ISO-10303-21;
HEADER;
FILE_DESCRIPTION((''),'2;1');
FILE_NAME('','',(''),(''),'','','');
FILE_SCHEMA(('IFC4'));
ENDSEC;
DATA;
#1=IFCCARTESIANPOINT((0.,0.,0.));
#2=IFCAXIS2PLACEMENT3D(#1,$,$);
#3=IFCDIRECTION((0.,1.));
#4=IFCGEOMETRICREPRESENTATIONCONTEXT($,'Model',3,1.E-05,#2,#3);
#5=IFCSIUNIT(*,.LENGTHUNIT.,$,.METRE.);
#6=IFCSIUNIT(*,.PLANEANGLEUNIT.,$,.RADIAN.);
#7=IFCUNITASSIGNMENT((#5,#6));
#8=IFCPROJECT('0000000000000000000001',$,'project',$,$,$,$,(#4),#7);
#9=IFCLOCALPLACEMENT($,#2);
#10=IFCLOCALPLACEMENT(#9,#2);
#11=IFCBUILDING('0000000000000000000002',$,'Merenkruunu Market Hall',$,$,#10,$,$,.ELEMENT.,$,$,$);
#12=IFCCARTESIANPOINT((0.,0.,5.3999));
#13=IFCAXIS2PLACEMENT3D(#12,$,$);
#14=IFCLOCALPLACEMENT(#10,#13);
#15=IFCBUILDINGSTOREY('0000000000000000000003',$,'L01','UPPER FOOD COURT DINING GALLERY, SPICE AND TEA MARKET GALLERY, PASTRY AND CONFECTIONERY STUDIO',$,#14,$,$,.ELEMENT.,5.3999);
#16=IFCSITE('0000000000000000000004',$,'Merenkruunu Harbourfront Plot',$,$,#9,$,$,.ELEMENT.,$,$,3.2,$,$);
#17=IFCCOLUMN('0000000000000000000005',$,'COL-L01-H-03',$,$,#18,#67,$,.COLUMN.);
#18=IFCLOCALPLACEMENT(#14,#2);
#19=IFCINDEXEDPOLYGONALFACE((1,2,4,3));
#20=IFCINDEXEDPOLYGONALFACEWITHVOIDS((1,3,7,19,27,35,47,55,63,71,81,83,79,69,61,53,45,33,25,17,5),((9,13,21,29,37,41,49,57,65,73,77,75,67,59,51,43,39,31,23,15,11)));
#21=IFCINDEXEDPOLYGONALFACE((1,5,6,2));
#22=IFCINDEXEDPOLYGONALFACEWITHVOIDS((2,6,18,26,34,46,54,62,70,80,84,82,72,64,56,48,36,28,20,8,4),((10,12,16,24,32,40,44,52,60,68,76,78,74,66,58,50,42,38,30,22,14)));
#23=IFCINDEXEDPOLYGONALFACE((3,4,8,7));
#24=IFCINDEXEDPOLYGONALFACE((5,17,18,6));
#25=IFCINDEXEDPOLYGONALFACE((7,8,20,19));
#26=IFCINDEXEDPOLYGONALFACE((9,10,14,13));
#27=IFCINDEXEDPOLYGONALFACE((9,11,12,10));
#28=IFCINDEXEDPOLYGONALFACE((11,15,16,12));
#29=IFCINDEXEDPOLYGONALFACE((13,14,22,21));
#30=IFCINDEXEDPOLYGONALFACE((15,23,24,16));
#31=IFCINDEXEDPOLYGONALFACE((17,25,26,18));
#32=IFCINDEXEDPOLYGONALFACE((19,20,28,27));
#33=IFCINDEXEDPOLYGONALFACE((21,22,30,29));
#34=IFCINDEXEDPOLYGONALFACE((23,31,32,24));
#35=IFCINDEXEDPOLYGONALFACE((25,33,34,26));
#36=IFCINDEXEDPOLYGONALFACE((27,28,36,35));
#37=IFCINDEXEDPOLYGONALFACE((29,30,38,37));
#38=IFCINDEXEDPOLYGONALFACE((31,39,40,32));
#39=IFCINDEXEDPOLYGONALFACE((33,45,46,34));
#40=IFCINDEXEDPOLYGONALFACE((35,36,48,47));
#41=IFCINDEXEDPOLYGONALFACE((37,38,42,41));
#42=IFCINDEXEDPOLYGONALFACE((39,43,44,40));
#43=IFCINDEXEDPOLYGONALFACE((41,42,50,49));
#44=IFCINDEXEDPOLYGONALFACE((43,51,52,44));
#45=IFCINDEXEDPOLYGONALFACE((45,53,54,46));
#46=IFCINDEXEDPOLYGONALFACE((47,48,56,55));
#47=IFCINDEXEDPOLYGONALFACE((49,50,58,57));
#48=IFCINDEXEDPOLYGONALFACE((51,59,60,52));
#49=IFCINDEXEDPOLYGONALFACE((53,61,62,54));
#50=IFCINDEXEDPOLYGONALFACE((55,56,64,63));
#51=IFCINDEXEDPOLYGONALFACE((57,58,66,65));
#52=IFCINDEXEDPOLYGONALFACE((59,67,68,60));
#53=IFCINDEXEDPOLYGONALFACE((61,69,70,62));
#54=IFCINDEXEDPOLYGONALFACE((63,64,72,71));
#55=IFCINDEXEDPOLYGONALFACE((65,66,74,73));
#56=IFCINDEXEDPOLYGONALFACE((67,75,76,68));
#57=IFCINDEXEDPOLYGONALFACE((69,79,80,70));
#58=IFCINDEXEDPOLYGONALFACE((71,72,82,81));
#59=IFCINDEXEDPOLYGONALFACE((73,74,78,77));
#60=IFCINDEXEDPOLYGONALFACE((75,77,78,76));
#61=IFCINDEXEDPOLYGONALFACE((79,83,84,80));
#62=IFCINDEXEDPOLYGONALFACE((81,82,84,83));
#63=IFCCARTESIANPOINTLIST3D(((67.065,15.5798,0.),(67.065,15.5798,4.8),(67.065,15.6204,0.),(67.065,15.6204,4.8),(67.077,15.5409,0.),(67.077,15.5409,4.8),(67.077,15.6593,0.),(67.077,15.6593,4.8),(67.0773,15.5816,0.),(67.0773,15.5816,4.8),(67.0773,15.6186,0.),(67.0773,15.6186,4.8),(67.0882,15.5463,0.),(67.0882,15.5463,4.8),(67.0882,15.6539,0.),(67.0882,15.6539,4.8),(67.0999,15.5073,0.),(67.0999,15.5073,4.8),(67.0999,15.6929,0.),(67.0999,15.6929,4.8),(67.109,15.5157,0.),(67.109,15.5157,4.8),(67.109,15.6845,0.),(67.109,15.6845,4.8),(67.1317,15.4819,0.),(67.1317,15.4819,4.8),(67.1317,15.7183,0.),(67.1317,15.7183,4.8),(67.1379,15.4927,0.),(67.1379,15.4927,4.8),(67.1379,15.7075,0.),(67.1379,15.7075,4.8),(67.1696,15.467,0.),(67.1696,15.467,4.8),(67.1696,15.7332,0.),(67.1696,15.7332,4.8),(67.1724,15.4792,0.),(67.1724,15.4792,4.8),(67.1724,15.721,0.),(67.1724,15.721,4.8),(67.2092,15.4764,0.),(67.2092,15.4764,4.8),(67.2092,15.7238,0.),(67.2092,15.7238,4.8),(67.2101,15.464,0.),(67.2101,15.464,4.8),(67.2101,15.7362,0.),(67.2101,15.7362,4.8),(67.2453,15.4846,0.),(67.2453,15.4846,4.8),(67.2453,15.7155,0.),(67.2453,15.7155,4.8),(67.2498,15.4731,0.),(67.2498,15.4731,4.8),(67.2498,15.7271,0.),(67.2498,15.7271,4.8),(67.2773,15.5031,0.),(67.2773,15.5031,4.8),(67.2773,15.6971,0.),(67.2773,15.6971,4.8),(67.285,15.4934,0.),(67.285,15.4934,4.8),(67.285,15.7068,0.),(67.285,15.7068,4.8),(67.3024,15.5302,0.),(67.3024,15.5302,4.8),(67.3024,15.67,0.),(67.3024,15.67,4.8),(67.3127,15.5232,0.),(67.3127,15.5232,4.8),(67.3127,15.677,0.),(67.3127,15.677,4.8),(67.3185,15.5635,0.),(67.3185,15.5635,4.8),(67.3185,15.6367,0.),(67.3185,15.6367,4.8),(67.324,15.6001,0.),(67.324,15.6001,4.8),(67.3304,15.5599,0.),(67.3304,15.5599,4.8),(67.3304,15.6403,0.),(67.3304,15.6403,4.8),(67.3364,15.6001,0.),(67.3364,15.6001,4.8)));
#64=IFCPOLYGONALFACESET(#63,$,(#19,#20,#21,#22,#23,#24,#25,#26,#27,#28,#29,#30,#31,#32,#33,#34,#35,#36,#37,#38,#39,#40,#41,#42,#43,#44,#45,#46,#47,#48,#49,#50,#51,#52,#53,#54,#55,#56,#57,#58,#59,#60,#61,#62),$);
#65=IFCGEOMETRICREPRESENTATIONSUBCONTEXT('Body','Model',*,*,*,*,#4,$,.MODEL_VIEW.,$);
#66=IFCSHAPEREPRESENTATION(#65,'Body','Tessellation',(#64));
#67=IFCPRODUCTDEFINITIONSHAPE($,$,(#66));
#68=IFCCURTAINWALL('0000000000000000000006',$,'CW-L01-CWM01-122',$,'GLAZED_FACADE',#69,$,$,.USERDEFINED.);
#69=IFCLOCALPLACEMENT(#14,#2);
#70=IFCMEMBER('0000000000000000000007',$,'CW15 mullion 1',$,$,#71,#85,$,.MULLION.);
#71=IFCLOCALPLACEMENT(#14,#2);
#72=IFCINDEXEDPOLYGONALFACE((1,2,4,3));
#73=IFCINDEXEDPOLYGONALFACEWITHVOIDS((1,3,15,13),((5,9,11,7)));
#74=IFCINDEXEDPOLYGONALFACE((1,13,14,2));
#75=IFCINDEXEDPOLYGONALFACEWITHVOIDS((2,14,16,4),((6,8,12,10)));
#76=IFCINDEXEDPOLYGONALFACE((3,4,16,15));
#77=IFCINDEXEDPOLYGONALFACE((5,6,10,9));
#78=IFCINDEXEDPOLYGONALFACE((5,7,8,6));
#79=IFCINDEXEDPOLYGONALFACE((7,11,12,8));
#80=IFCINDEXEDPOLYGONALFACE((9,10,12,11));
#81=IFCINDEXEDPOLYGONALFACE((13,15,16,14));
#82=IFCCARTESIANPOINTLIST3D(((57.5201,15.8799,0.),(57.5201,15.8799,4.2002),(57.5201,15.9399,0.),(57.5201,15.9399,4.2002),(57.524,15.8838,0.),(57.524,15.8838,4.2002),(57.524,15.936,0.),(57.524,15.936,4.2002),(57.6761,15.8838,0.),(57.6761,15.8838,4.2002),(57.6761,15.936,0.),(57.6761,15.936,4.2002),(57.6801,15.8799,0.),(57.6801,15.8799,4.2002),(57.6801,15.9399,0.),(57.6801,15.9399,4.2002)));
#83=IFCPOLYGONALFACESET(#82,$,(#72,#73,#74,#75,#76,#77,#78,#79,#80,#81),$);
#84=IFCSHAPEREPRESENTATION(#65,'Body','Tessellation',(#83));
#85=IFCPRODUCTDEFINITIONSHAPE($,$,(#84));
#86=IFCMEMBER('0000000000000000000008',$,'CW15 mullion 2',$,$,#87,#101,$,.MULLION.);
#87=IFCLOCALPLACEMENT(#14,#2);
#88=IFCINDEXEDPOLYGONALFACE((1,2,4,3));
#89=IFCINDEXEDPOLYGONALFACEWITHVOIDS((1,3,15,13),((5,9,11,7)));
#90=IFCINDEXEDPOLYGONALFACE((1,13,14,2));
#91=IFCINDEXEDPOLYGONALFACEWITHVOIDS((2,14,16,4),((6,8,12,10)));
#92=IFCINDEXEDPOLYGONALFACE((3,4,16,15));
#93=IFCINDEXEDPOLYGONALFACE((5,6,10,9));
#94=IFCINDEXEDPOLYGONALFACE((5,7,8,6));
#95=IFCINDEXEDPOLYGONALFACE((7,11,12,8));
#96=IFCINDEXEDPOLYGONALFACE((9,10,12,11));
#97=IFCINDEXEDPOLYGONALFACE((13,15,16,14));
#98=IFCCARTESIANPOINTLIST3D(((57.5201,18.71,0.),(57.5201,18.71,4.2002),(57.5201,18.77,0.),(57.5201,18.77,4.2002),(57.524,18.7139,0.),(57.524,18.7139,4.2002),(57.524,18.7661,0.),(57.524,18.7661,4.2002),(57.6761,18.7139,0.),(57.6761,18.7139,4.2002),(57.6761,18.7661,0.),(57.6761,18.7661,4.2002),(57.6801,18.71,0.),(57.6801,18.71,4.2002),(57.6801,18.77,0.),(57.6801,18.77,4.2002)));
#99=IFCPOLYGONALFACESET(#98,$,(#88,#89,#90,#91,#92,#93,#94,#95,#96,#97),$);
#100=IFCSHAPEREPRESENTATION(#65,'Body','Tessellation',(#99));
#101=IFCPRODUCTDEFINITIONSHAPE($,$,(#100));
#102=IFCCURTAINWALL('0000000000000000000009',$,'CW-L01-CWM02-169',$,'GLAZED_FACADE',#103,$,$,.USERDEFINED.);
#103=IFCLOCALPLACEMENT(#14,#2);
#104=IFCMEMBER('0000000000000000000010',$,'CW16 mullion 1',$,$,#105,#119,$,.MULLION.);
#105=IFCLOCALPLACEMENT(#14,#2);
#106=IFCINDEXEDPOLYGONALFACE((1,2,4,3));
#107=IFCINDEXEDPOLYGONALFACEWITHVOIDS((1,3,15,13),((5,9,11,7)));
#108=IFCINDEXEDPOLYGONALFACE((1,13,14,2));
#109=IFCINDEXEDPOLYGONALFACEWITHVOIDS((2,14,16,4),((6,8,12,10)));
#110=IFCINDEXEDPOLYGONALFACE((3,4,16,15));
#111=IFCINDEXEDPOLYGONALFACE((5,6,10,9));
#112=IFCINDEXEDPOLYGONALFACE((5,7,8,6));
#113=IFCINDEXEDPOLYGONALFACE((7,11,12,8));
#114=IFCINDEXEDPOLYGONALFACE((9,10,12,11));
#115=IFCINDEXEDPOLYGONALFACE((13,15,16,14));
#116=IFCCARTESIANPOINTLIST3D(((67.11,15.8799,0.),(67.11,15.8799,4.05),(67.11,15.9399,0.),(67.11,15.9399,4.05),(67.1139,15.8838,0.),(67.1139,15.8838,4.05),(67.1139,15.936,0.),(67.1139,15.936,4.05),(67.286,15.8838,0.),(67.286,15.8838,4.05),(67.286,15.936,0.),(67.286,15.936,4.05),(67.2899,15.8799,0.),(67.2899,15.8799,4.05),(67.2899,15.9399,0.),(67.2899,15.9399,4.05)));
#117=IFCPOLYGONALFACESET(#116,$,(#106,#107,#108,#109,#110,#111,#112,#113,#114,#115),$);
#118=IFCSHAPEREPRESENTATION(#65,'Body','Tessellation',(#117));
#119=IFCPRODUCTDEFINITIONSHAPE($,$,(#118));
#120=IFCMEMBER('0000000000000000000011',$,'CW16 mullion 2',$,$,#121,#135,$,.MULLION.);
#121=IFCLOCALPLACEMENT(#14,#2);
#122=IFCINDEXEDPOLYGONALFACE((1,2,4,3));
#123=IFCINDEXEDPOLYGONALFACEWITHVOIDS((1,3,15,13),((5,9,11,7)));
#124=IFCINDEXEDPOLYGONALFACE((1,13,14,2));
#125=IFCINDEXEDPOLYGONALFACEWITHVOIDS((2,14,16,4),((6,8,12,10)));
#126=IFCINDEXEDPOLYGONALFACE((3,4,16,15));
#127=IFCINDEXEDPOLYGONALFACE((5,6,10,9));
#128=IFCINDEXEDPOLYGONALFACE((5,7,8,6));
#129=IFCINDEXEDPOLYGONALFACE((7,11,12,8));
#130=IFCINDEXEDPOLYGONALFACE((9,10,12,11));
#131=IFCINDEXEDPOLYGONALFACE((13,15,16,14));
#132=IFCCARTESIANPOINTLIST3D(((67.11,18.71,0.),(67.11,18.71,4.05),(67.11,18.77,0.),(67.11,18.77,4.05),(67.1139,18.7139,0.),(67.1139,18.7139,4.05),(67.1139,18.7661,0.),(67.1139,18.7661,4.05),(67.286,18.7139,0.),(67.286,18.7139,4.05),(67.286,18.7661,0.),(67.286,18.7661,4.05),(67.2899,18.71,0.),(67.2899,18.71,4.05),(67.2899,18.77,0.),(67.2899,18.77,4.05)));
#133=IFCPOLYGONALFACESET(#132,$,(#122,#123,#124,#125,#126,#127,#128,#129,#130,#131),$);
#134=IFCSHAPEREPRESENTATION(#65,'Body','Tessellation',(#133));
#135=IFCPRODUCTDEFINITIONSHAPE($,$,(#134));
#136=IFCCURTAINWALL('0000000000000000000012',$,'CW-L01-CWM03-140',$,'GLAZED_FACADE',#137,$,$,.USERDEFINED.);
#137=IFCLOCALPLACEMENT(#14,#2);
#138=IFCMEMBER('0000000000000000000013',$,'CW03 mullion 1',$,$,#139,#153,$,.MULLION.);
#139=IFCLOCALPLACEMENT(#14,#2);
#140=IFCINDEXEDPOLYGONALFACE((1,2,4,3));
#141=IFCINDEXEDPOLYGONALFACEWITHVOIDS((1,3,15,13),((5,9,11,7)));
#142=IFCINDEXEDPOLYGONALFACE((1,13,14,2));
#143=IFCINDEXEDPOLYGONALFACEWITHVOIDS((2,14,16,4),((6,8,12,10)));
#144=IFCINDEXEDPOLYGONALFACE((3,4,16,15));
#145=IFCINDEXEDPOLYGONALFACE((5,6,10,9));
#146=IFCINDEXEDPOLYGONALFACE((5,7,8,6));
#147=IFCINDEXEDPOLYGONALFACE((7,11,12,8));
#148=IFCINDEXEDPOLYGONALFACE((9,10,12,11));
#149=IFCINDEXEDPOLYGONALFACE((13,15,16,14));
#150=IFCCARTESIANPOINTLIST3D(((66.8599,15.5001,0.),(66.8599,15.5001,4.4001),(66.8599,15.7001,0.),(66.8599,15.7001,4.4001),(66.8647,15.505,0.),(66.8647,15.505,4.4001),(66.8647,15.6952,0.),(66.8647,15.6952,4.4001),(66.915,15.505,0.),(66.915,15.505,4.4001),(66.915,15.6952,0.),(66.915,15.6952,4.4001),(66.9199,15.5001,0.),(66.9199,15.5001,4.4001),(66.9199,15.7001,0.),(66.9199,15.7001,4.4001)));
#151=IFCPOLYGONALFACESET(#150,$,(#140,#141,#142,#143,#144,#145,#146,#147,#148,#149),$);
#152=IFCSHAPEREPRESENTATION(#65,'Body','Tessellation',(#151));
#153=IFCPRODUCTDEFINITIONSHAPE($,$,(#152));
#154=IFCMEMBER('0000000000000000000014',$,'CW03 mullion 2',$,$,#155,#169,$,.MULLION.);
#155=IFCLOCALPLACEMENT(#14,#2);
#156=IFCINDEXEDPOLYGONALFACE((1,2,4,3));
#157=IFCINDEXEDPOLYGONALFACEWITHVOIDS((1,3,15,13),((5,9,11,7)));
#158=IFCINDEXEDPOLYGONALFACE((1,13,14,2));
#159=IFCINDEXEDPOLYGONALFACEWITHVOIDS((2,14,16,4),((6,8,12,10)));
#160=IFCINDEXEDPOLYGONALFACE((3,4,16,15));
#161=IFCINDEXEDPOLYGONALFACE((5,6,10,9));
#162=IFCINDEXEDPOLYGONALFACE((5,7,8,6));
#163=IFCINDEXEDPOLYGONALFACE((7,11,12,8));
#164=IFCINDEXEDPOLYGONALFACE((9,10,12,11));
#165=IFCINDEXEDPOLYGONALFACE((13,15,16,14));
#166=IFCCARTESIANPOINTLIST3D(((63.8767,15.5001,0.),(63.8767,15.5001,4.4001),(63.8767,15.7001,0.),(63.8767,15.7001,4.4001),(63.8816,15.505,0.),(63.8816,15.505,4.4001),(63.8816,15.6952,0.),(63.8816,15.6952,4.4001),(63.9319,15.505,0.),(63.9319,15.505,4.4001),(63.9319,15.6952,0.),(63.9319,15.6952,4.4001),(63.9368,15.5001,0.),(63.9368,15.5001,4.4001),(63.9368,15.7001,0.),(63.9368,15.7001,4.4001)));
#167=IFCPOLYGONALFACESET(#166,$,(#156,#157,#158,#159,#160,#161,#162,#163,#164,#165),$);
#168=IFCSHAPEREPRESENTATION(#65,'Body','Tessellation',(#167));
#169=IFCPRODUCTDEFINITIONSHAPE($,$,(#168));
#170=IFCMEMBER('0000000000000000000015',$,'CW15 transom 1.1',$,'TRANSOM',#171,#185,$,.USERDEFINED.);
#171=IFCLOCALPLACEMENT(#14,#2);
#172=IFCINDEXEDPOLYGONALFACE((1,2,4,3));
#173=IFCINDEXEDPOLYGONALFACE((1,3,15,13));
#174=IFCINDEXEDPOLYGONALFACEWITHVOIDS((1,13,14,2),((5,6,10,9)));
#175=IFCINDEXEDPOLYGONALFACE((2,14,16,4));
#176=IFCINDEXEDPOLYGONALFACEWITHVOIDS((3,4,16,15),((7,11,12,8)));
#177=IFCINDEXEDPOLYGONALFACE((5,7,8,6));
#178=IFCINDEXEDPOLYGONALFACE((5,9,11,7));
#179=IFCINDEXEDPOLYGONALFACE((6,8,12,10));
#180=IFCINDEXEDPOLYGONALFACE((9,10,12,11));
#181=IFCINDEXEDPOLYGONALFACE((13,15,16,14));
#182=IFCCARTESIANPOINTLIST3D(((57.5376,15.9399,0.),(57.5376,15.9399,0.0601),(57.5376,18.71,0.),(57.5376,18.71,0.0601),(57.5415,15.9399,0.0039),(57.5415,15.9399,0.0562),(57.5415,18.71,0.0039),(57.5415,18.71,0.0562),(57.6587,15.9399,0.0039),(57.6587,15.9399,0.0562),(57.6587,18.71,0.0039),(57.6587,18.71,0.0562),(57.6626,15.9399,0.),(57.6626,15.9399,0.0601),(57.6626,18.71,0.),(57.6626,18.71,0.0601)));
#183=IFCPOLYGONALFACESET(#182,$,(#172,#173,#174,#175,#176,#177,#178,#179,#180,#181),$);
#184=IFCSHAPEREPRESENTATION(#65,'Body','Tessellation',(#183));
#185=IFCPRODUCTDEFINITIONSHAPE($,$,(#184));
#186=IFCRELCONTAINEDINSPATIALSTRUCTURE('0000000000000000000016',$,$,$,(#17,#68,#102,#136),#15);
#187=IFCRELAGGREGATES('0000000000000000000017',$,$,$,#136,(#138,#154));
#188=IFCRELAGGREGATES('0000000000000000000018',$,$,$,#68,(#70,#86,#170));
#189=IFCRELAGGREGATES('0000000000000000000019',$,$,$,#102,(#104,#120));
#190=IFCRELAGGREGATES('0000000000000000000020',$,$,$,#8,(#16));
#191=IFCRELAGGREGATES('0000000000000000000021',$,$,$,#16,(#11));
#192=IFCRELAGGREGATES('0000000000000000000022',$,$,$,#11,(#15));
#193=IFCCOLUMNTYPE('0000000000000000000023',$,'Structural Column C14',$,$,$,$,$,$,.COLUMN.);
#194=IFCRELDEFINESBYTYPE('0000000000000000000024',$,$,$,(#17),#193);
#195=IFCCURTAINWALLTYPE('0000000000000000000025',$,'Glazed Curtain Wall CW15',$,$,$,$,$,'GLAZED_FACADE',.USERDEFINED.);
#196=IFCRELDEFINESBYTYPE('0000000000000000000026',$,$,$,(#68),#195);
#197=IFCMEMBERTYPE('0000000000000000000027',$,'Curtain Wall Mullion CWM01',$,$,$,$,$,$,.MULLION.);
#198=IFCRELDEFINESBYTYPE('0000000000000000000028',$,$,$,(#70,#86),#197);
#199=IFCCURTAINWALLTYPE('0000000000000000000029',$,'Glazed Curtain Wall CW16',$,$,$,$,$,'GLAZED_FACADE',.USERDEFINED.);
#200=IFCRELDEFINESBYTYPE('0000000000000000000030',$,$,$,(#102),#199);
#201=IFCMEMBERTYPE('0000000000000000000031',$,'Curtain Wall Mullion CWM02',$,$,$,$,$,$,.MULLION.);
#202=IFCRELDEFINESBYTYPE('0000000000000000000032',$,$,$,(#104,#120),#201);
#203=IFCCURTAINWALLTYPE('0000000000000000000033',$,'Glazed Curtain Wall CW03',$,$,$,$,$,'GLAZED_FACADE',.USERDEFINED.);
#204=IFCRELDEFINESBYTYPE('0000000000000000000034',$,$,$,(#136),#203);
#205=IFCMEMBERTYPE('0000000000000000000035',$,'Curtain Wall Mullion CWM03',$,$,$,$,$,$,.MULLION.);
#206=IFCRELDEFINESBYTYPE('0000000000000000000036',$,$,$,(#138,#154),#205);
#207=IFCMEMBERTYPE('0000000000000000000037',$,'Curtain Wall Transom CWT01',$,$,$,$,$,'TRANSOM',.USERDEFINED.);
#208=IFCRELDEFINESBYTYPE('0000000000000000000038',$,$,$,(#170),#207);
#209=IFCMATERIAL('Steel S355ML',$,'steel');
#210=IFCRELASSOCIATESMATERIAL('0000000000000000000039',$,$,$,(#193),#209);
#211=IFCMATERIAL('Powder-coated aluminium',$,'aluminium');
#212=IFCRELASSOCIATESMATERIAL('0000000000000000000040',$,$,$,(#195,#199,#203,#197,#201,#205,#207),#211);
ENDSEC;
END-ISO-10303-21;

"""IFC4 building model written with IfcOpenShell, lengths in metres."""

from ifc_helpers import new_model, si_unit, direction, frame, origin, origin_2d, place, context, subcontext, project, spatial, hollow_rectangle, hollow_circle, extrude, material, material_profile, profile_set, type_object, element, aggregate, save


model = new_model("IFC4")

# Units and contexts
model_context = context("Model", 3, precision=1e-05, world=origin(), true_north=direction((0.0, 1.0)))
body_context = subcontext(model_context, "Body", "Model", "MODEL_VIEW")
ifc_project = project(units=[si_unit("LENGTHUNIT", "METRE"), si_unit("PLANEANGLEUNIT", "RADIAN")], contexts=[model_context])

# Site, building, storey
site_placement = place(None, origin())
site = spatial("IfcSite", under=ifc_project, at=site_placement, Name="Merenkruunu Harbourfront Plot", CompositionType="ELEMENT", RefElevation=3.2)
building_placement = place(site_placement, origin())
building = spatial("IfcBuilding", under=site, at=building_placement, Name="Merenkruunu Market Hall", CompositionType="ELEMENT")
storey_placement = place(building_placement, frame((0.0, 0.0, 5.3999)))
storey = spatial("IfcBuildingStorey", under=building, at=storey_placement, Name="L01", Description="UPPER FOOD COURT DINING GALLERY, SPICE AND TEA MARKET GALLERY, PASTRY AND CONFECTIONERY STUDIO", CompositionType="ELEMENT", Elevation=5.3999)

# Column
ifc_material_1 = material(Name="Steel S355ML", Category="steel")
ifc_material_profile_1 = material_profile(ifc_material_1, hollow_circle(Radius=0.1365, WallThickness=0.0125, at=origin_2d()), Name="CHS 273x12.5")
ifc_profile_set_1 = profile_set([ifc_material_profile_1], Name="Steel S355ML")
column_type = type_object("IfcColumnType", Name="Structural Column C14", PredefinedType="COLUMN", material=ifc_profile_set_1)
column_placement = place(storey_placement, frame((67.2, 15.6001, 0.0), z_axis=(0.0, 0.0, 1.0), x_axis=(1.0, 0.0, 0.0)))
element("IfcColumn", 1, at=column_placement, inside=storey, type_object=column_type, Name="COL-L01-H-03", PredefinedType="COLUMN", context=body_context, shape_type="SweptSolid", body=[
    extrude(hollow_circle(Radius=0.1365, WallThickness=0.0125, at=origin_2d()), origin(), (0.0, 0.0, 1.0), 4.8),
])

# Curtain walls, members
ifc_material_2 = material(Name="Powder-coated aluminium", Category="aluminium")
curtain_wall_type_1 = type_object("IfcCurtainWallType", Name="Glazed Curtain Wall CW15", ElementType="GLAZED_FACADE", PredefinedType="USERDEFINED", material=ifc_material_2)
curtain_wall_1_placement = place(storey_placement, origin())
curtain_wall_1 = element("IfcCurtainWall", 2, at=curtain_wall_1_placement, inside=storey, type_object=curtain_wall_type_1, Name="CW-L01-CWM01-122", ObjectType="GLAZED_FACADE", PredefinedType="USERDEFINED")
ifc_material_profile_2 = material_profile(ifc_material_2, hollow_rectangle(XDim=0.0601, YDim=0.1599, WallThickness=0.0039, at=origin_2d()), Name="ALU 60x160x4")
ifc_profile_set_2 = profile_set([ifc_material_profile_2], Name="Powder-coated aluminium")
member_type_1 = type_object("IfcMemberType", Name="Curtain Wall Mullion CWM01", PredefinedType="MULLION", material=ifc_profile_set_2)
member_1_placement = place(storey_placement, frame((57.6001, 15.9099, 0.0), z_axis=(0.0, 0.0, 1.0), x_axis=(0.0, 1.0, 0.0)))
member_1 = element("IfcMember", 3, at=member_1_placement, type_object=member_type_1, Name="CW15 mullion 1", PredefinedType="MULLION", context=body_context, shape_type="SweptSolid", body=[
    extrude(hollow_rectangle(XDim=0.0601, YDim=0.1599, WallThickness=0.0039, at=origin_2d()), origin(), (0.0, 0.0, 1.0), 4.2002),
])
member_2_placement = place(storey_placement, frame((57.6001, 18.74, 0.0), z_axis=(0.0, 0.0, 1.0), x_axis=(0.0, 1.0, 0.0)))
member_2 = element("IfcMember", 4, at=member_2_placement, type_object=member_type_1, Name="CW15 mullion 2", PredefinedType="MULLION", context=body_context, shape_type="SweptSolid", body=[
    extrude(hollow_rectangle(XDim=0.0601, YDim=0.1599, WallThickness=0.0039, at=origin_2d()), origin(), (0.0, 0.0, 1.0), 4.2002),
])
curtain_wall_type_2 = type_object("IfcCurtainWallType", Name="Glazed Curtain Wall CW16", ElementType="GLAZED_FACADE", PredefinedType="USERDEFINED", material=ifc_material_2)
curtain_wall_2_placement = place(storey_placement, origin())
curtain_wall_2 = element("IfcCurtainWall", 5, at=curtain_wall_2_placement, inside=storey, type_object=curtain_wall_type_2, Name="CW-L01-CWM02-169", ObjectType="GLAZED_FACADE", PredefinedType="USERDEFINED")
ifc_material_profile_3 = material_profile(ifc_material_2, hollow_rectangle(XDim=0.0601, YDim=0.1799, WallThickness=0.0039, at=origin_2d()), Name="ALU 60x180x4")
ifc_profile_set_3 = profile_set([ifc_material_profile_3], Name="Powder-coated aluminium")
member_type_2 = type_object("IfcMemberType", Name="Curtain Wall Mullion CWM02", PredefinedType="MULLION", material=ifc_profile_set_3)
member_3_placement = place(storey_placement, frame((67.2, 15.9099, 0.0), z_axis=(0.0, 0.0, 1.0), x_axis=(0.0, 1.0, 0.0)))
member_3 = element("IfcMember", 6, at=member_3_placement, type_object=member_type_2, Name="CW16 mullion 1", PredefinedType="MULLION", context=body_context, shape_type="SweptSolid", body=[
    extrude(hollow_rectangle(XDim=0.0601, YDim=0.1799, WallThickness=0.0039, at=origin_2d()), origin(), (0.0, 0.0, 1.0), 4.05),
])
member_4_placement = place(storey_placement, frame((67.2, 18.74, 0.0), z_axis=(0.0, 0.0, 1.0), x_axis=(0.0, 1.0, 0.0)))
member_4 = element("IfcMember", 7, at=member_4_placement, type_object=member_type_2, Name="CW16 mullion 2", PredefinedType="MULLION", context=body_context, shape_type="SweptSolid", body=[
    extrude(hollow_rectangle(XDim=0.0601, YDim=0.1799, WallThickness=0.0039, at=origin_2d()), origin(), (0.0, 0.0, 1.0), 4.05),
])
curtain_wall_type_3 = type_object("IfcCurtainWallType", Name="Glazed Curtain Wall CW03", ElementType="GLAZED_FACADE", PredefinedType="USERDEFINED", material=ifc_material_2)
curtain_wall_3_placement = place(storey_placement, origin())
curtain_wall_3 = element("IfcCurtainWall", 8, at=curtain_wall_3_placement, inside=storey, type_object=curtain_wall_type_3, Name="CW-L01-CWM03-140", ObjectType="GLAZED_FACADE", PredefinedType="USERDEFINED")
ifc_material_profile_4 = material_profile(ifc_material_2, hollow_rectangle(XDim=0.0601, YDim=0.2, WallThickness=0.0049, at=origin_2d()), Name="ALU 60x200x5")
ifc_profile_set_4 = profile_set([ifc_material_profile_4], Name="Powder-coated aluminium")
member_type_3 = type_object("IfcMemberType", Name="Curtain Wall Mullion CWM03", PredefinedType="MULLION", material=ifc_profile_set_4)
member_5_placement = place(storey_placement, frame((66.8899, 15.6001, 0.0), z_axis=(0.0, 0.0, 1.0), x_axis=(-1.0, 0.0, 0.0)))
member_5 = element("IfcMember", 9, at=member_5_placement, type_object=member_type_3, Name="CW03 mullion 1", PredefinedType="MULLION", context=body_context, shape_type="SweptSolid", body=[
    extrude(hollow_rectangle(XDim=0.0601, YDim=0.2, WallThickness=0.0049, at=origin_2d()), origin(), (0.0, 0.0, 1.0), 4.4001),
])
member_6_placement = place(storey_placement, frame((63.9067, 15.6001, 0.0), z_axis=(0.0, 0.0, 1.0), x_axis=(-1.0, 0.0, 0.0)))
member_6 = element("IfcMember", 10, at=member_6_placement, type_object=member_type_3, Name="CW03 mullion 2", PredefinedType="MULLION", context=body_context, shape_type="SweptSolid", body=[
    extrude(hollow_rectangle(XDim=0.0601, YDim=0.2, WallThickness=0.0049, at=origin_2d()), origin(), (0.0, 0.0, 1.0), 4.4001),
])

# Member
ifc_material_profile_5 = material_profile(ifc_material_2, hollow_rectangle(XDim=0.0601, YDim=0.125, WallThickness=0.0039, at=origin_2d()), Name="ALU 60x125x4")
ifc_profile_set_5 = profile_set([ifc_material_profile_5], Name="Powder-coated aluminium")
member_type_4 = type_object("IfcMemberType", Name="Curtain Wall Transom CWT01", ElementType="TRANSOM", PredefinedType="USERDEFINED", material=ifc_profile_set_5)
member_7_placement = place(storey_placement, frame((57.6001, 15.9399, 0.03), z_axis=(0.0, 1.0, 0.0), x_axis=(0.0, 0.0, 1.0)))
member_7 = element("IfcMember", 11, at=member_7_placement, type_object=member_type_4, Name="CW15 transom 1.1", ObjectType="TRANSOM", PredefinedType="USERDEFINED", context=body_context, shape_type="SweptSolid", body=[
    extrude(hollow_rectangle(XDim=0.0601, YDim=0.125, WallThickness=0.0039, at=origin_2d()), origin(), (0.0, 0.0, 1.0), 2.77),
])

aggregate(curtain_wall_3, [member_5, member_6])
aggregate(curtain_wall_1, [member_1, member_2, member_7])
aggregate(curtain_wall_2, [member_3, member_4])

save(model, "model.ifc")
